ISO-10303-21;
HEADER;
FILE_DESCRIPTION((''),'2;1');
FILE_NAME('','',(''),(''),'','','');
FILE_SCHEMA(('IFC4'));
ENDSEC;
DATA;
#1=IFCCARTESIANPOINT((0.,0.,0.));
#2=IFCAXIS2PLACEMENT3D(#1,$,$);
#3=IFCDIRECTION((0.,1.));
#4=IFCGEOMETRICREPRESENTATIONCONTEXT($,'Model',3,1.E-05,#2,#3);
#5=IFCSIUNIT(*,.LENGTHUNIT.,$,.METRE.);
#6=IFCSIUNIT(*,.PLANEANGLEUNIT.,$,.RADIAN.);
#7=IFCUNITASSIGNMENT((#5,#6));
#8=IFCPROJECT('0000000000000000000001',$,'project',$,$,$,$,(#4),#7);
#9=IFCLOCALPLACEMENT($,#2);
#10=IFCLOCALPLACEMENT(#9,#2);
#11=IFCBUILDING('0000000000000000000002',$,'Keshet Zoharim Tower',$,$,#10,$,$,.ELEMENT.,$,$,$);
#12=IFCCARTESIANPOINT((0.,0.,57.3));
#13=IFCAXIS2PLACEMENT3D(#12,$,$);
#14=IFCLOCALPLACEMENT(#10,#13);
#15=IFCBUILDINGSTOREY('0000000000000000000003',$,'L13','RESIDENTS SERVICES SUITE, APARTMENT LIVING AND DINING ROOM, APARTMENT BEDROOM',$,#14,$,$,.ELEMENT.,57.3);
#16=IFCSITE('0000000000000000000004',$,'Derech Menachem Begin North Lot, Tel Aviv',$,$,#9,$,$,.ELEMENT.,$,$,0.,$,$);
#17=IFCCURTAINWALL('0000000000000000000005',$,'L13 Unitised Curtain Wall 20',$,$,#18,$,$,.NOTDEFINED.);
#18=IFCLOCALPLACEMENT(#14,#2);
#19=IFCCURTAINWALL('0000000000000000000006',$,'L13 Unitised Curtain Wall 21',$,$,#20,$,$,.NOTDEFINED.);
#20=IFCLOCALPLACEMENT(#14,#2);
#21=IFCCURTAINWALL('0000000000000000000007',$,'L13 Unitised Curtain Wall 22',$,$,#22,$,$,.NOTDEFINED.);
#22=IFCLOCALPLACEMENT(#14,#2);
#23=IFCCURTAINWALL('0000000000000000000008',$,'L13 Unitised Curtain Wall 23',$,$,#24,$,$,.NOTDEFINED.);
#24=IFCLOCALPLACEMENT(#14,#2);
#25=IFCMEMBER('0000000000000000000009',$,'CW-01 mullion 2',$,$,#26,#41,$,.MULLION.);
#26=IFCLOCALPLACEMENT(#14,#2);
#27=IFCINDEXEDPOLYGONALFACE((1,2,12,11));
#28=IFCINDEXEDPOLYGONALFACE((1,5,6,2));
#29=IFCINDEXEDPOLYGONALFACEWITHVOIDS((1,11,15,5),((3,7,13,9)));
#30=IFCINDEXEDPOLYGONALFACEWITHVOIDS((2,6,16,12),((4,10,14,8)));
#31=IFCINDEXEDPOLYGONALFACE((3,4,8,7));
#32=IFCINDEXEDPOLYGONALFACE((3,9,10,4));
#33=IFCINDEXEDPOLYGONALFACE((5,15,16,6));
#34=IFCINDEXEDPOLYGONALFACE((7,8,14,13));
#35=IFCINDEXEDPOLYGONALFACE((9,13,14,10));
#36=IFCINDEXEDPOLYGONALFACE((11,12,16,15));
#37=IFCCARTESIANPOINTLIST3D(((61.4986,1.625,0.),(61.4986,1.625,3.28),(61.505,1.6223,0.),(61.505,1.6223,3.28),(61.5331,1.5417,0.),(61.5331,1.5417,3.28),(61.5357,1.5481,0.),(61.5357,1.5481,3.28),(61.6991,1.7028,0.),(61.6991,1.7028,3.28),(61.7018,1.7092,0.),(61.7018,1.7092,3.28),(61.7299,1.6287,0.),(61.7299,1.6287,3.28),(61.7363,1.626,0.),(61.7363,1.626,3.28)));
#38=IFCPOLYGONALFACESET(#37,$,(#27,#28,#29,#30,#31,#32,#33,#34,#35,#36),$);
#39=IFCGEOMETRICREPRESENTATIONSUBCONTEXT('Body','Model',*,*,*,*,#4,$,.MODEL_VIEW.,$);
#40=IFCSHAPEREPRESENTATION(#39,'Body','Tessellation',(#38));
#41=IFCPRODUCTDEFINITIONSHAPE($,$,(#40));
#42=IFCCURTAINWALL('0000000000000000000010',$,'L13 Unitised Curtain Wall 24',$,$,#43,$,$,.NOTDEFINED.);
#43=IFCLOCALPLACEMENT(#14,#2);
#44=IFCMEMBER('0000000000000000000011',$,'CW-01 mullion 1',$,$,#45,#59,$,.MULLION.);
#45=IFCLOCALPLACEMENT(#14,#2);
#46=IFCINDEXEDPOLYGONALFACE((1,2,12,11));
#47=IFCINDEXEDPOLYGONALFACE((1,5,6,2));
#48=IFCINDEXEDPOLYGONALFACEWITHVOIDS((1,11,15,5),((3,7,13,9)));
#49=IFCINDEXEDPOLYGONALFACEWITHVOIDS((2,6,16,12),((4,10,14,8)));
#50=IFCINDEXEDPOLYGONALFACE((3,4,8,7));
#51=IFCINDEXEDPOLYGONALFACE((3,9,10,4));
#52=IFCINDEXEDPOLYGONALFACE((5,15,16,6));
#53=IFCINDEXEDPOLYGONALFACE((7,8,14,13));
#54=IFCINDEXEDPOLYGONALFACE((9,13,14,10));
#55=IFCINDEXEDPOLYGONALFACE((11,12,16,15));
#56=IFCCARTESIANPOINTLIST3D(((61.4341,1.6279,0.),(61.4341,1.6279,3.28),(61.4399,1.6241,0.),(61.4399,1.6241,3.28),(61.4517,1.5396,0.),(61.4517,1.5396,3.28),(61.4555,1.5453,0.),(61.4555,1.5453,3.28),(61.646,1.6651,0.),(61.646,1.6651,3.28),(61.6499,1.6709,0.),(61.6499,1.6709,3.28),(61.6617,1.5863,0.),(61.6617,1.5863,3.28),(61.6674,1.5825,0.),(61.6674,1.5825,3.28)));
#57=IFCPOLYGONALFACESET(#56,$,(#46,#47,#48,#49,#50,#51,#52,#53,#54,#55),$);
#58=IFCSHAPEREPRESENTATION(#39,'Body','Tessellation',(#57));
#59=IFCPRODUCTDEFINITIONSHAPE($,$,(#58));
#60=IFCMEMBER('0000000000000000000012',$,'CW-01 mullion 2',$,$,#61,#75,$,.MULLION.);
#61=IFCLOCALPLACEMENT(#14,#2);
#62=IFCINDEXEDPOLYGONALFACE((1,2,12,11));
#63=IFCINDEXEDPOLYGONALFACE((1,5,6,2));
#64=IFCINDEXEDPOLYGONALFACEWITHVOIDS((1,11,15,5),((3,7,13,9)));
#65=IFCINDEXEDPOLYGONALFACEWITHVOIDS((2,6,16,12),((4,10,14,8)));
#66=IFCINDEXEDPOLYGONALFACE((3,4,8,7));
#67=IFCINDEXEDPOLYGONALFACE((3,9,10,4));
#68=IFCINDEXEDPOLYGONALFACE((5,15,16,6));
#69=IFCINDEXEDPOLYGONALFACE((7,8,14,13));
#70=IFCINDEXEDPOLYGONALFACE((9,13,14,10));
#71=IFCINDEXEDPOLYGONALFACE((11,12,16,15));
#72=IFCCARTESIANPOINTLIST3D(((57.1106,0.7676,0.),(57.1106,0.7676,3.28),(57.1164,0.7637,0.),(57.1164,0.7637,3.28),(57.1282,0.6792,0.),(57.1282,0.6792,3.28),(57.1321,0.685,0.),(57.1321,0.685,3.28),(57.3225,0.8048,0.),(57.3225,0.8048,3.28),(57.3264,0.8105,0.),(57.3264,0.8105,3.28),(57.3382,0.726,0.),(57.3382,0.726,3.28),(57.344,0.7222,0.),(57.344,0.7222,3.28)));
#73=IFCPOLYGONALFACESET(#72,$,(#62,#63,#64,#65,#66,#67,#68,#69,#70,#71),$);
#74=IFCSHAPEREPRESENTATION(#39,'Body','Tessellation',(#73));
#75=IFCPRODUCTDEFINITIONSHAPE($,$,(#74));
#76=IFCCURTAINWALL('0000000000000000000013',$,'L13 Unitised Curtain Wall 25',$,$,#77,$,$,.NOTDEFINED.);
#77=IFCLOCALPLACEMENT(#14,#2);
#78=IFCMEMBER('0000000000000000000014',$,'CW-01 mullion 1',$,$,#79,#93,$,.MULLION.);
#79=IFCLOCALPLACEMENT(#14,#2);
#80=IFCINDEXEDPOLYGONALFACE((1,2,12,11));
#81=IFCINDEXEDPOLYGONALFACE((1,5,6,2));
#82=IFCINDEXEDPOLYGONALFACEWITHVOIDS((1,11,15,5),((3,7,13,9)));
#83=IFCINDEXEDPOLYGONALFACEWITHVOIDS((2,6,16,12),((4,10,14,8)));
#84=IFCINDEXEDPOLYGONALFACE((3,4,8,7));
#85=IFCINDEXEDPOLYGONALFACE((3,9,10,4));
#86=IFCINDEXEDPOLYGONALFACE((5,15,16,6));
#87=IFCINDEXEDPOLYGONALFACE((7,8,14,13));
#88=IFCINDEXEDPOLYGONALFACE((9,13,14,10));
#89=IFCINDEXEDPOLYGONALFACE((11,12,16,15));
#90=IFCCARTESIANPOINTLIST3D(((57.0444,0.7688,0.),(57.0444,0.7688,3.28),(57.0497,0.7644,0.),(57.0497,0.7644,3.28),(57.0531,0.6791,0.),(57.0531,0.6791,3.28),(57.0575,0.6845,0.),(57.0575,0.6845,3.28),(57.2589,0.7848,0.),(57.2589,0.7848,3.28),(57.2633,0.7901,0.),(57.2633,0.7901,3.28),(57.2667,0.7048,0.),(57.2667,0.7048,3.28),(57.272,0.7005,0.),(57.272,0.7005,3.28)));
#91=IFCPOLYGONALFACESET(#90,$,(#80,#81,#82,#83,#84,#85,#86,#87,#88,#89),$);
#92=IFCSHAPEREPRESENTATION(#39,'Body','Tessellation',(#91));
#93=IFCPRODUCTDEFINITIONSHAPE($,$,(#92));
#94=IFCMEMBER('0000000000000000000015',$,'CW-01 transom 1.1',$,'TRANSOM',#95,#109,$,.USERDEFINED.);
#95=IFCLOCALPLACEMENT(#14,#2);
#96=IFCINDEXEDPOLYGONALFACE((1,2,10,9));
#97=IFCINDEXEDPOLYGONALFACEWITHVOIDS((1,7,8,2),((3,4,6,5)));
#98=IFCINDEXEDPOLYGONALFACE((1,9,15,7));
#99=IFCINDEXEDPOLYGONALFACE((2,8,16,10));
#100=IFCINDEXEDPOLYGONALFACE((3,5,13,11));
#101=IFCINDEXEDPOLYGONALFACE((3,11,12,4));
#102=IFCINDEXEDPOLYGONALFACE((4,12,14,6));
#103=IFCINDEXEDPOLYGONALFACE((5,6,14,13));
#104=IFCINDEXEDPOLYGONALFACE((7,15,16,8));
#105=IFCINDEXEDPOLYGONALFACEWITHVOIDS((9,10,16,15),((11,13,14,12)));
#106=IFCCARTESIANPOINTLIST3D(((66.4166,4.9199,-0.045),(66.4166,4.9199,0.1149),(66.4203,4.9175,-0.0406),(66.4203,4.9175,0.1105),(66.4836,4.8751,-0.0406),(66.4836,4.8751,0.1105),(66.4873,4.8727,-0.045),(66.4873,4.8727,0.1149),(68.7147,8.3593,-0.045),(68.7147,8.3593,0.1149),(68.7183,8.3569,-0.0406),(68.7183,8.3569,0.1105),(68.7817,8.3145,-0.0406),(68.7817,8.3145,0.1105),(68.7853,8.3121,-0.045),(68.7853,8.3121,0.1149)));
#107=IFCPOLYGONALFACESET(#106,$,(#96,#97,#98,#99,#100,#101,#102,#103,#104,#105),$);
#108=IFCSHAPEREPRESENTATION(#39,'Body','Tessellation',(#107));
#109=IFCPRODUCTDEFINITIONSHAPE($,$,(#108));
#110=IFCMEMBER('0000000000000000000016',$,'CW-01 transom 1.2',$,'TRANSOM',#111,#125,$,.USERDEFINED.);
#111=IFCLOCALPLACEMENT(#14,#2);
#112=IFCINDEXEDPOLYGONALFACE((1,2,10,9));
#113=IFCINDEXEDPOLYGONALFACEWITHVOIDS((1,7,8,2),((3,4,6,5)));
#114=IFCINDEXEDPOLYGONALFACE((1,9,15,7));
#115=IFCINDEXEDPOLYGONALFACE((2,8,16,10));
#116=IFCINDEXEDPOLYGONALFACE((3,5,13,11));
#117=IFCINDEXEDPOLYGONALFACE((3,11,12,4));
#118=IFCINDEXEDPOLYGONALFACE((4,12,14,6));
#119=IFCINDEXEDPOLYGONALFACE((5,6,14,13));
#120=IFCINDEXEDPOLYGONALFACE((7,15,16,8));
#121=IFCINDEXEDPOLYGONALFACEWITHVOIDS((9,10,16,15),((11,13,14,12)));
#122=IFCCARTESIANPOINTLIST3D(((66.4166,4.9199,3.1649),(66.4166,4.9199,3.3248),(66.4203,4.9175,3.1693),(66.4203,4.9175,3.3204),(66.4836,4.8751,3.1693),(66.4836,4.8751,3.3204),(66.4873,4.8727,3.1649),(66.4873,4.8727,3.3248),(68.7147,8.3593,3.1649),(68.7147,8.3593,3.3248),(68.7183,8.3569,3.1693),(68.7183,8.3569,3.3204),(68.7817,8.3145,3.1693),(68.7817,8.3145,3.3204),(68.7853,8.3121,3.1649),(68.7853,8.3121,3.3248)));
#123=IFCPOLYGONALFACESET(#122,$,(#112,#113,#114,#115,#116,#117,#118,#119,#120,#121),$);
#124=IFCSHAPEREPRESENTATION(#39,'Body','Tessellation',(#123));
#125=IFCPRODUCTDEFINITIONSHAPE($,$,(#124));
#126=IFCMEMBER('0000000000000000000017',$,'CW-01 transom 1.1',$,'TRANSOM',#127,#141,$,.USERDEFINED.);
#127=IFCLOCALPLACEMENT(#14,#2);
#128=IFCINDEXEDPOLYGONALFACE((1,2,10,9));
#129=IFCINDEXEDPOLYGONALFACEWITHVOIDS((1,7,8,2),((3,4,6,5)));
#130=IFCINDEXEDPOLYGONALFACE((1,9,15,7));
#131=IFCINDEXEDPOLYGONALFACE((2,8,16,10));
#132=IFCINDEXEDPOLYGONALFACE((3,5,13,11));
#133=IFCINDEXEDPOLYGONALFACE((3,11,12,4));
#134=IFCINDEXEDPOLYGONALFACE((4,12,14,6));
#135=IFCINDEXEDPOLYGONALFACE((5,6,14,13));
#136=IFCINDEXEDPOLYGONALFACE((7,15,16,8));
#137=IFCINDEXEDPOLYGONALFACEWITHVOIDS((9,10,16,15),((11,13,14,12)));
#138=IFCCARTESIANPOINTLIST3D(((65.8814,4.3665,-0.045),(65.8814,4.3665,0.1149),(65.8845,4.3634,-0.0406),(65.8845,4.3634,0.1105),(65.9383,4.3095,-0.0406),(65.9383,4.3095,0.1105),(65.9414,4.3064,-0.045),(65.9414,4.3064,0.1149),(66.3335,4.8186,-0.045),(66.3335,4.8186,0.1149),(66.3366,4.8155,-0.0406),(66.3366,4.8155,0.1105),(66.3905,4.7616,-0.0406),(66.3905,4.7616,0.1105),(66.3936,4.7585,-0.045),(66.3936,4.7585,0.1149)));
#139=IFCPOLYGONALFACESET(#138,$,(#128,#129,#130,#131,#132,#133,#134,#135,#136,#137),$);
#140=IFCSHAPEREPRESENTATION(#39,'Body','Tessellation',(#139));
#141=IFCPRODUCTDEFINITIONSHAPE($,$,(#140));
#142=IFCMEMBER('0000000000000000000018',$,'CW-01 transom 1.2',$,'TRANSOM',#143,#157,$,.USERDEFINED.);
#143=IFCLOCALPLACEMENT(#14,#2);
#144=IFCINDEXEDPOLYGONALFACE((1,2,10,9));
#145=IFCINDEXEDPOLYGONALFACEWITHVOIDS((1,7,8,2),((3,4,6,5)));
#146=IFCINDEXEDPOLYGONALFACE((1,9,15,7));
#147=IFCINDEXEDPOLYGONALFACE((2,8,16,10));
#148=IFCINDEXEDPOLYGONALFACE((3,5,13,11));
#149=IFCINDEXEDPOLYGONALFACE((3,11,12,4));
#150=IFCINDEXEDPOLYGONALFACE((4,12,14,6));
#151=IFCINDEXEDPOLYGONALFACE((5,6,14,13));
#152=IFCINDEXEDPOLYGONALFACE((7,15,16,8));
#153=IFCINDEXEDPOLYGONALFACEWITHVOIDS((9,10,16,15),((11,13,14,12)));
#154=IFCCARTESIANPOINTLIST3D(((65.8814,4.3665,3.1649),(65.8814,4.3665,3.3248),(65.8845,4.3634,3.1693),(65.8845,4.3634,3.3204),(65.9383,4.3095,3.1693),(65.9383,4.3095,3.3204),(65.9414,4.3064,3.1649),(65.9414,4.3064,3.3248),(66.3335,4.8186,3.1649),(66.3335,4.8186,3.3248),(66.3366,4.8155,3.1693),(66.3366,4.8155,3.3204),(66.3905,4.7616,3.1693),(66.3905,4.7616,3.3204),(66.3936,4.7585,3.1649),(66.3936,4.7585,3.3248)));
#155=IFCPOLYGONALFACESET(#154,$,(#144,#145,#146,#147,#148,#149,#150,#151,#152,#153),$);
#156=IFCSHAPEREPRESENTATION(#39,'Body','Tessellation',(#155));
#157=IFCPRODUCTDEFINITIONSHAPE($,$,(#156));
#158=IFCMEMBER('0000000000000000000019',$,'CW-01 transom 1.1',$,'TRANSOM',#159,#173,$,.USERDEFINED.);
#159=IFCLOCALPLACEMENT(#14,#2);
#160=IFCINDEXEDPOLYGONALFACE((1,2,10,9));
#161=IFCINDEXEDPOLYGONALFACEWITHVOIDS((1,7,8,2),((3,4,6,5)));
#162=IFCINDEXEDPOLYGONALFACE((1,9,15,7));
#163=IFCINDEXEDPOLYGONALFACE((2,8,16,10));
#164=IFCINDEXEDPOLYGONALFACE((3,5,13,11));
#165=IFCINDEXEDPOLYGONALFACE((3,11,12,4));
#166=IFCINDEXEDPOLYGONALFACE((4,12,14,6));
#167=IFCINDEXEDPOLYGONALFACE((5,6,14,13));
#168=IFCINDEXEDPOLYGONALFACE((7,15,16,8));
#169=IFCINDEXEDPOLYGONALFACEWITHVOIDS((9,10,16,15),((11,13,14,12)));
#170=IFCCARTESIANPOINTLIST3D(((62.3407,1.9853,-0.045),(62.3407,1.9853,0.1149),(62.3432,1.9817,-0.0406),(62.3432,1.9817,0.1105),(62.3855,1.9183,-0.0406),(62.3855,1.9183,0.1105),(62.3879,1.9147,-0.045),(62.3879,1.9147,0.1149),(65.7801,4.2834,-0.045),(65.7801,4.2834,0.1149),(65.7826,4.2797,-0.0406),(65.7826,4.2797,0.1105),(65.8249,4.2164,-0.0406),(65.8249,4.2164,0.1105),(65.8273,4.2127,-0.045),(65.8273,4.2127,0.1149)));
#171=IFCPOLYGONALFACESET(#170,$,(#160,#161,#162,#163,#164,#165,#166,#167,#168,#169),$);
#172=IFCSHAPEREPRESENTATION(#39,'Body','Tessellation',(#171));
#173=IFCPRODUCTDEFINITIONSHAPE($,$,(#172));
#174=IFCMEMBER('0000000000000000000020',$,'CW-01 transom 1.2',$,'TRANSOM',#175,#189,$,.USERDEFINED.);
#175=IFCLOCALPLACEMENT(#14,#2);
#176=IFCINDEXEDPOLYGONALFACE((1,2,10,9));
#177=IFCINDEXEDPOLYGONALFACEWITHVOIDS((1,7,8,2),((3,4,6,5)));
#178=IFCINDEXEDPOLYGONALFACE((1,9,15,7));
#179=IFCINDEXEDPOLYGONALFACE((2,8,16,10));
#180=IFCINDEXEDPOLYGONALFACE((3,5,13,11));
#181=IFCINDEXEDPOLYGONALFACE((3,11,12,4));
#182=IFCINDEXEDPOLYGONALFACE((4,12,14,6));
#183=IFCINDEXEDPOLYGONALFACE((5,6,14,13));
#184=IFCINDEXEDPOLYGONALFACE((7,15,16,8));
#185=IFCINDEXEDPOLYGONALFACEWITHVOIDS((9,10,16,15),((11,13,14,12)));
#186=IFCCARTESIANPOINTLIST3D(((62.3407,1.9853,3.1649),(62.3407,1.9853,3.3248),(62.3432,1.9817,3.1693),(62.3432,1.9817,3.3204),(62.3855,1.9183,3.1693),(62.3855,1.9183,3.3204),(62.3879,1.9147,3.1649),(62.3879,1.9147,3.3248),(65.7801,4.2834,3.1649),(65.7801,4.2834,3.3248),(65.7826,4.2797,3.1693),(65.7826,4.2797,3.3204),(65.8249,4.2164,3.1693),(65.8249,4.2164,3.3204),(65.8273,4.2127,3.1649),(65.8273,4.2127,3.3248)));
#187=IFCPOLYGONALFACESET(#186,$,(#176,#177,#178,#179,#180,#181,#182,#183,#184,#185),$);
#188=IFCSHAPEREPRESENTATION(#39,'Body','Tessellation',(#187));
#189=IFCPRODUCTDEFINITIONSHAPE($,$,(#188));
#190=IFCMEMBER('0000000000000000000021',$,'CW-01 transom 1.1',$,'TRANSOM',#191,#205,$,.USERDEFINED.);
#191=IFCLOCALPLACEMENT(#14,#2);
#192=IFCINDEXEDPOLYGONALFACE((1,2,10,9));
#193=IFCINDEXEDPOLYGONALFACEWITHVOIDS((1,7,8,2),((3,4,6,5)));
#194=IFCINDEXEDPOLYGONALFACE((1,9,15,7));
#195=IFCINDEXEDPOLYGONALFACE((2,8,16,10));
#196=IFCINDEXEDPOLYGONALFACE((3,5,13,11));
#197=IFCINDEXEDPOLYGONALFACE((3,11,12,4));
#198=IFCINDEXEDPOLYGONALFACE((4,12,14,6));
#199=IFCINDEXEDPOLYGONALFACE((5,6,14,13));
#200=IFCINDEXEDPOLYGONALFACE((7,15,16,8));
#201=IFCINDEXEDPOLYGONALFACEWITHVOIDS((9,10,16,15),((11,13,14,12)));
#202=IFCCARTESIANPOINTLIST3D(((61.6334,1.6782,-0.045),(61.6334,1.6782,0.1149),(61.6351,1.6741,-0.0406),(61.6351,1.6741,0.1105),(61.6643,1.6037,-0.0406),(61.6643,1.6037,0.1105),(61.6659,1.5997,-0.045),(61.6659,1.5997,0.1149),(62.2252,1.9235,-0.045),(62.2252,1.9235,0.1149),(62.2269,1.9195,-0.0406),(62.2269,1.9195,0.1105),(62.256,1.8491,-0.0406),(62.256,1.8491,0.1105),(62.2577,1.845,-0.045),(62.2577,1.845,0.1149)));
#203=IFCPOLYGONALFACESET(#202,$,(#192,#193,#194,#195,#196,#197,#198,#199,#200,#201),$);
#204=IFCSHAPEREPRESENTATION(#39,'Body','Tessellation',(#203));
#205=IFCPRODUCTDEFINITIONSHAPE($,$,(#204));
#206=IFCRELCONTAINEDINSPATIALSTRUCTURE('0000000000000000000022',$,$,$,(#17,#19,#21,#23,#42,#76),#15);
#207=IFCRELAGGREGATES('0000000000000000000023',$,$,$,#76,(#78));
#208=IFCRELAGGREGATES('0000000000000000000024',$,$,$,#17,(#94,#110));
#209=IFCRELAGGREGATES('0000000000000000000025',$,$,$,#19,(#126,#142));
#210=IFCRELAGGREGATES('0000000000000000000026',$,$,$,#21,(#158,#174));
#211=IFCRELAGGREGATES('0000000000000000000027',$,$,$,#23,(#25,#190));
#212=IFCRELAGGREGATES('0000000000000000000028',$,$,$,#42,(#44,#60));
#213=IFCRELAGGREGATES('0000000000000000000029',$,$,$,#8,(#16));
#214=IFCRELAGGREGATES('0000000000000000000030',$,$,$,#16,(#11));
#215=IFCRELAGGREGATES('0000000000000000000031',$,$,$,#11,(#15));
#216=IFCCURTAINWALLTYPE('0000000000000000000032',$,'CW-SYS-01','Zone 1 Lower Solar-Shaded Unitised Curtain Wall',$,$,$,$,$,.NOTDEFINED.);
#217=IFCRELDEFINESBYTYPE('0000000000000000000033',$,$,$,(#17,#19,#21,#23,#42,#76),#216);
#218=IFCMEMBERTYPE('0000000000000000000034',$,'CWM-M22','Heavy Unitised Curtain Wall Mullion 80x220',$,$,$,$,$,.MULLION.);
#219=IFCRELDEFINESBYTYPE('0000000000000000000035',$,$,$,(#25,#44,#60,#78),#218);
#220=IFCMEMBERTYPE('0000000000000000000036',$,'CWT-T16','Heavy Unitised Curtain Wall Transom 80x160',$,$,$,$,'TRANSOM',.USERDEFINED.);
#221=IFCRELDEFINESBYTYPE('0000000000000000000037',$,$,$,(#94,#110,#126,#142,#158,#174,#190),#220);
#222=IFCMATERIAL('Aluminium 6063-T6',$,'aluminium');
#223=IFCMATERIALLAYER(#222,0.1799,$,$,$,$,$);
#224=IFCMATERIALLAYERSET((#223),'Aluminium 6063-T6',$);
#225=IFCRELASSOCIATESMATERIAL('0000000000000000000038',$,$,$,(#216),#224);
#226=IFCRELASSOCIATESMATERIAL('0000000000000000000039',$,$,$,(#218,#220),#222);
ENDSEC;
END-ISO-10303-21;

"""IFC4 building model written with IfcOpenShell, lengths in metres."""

from ifc_helpers import new_model, si_unit, direction, frame, origin, origin_2d, place, context, subcontext, project, spatial, hollow_rectangle, extrude, material, layer, layer_set, material_profile, profile_set, type_object, element, aggregate, save


model = new_model("IFC4")

# Units and contexts
model_context = context("Model", 3, precision=1e-05, world=origin(), true_north=direction((0.0, 1.0)))
body_context = subcontext(model_context, "Body", "Model", "MODEL_VIEW")
ifc_project = project(units=[si_unit("LENGTHUNIT", "METRE"), si_unit("PLANEANGLEUNIT", "RADIAN")], contexts=[model_context])

# Site, building, storey
site_placement = place(None, origin())
site = spatial("IfcSite", under=ifc_project, at=site_placement, Name="Derech Menachem Begin North Lot, Tel Aviv", CompositionType="ELEMENT", RefElevation=0.0)
building_placement = place(site_placement, origin())
building = spatial("IfcBuilding", under=site, at=building_placement, Name="Keshet Zoharim Tower", CompositionType="ELEMENT")
storey_placement = place(building_placement, frame((0.0, 0.0, 57.3)))
storey = spatial("IfcBuildingStorey", under=building, at=storey_placement, Name="L13", Description="RESIDENTS SERVICES SUITE, APARTMENT LIVING AND DINING ROOM, APARTMENT BEDROOM", CompositionType="ELEMENT", Elevation=57.3)

# Curtain walls, members
ifc_material_1 = material(Name="Aluminium 6063-T6", Category="aluminium")
ifc_layer_1 = layer(ifc_material_1, 0.1799)
ifc_layer_set_1 = layer_set([ifc_layer_1], Name="Aluminium 6063-T6")
curtain_wall_type = type_object("IfcCurtainWallType", Name="CW-SYS-01", Description="Zone 1 Lower Solar-Shaded Unitised Curtain Wall", PredefinedType="NOTDEFINED", material=ifc_layer_set_1)
curtain_wall_1_placement = place(storey_placement, origin())
curtain_wall_1 = element("IfcCurtainWall", 1, at=curtain_wall_1_placement, inside=storey, type_object=curtain_wall_type, Name="L13 Unitised Curtain Wall 20", PredefinedType="NOTDEFINED")
ifc_material_profile_1 = material_profile(ifc_material_1, hollow_rectangle(XDim=0.0901, YDim=0.22, WallThickness=0.0049, at=origin_2d()), Name="MUL-90x220")
ifc_profile_set_1 = profile_set([ifc_material_profile_1], Name="Aluminium 6063-T6")
member_type_1 = type_object("IfcMemberType", Name="CWM-M22", Description="Heavy Unitised Curtain Wall Mullion 80x220", PredefinedType="MULLION", material=ifc_profile_set_1)
curtain_wall_2_placement = place(storey_placement, origin())
curtain_wall_2 = element("IfcCurtainWall", 2, at=curtain_wall_2_placement, inside=storey, type_object=curtain_wall_type, Name="L13 Unitised Curtain Wall 21", PredefinedType="NOTDEFINED")
curtain_wall_3_placement = place(storey_placement, origin())
curtain_wall_3 = element("IfcCurtainWall", 3, at=curtain_wall_3_placement, inside=storey, type_object=curtain_wall_type, Name="L13 Unitised Curtain Wall 22", PredefinedType="NOTDEFINED")
curtain_wall_4_placement = place(storey_placement, origin())
curtain_wall_4 = element("IfcCurtainWall", 4, at=curtain_wall_4_placement, inside=storey, type_object=curtain_wall_type, Name="L13 Unitised Curtain Wall 23", PredefinedType="NOTDEFINED")
member_1_placement = place(storey_placement, frame((61.6174, 1.6255, 0.0), z_axis=(0.0, 0.0, 1.0), x_axis=(0.383068, -0.92372, 0.0)))
member_1 = element("IfcMember", 5, at=member_1_placement, type_object=member_type_1, Name="CW-01 mullion 2", PredefinedType="MULLION", context=body_context, shape_type="SweptSolid", body=[
    extrude(hollow_rectangle(XDim=0.0901, YDim=0.22, WallThickness=0.0049, at=origin_2d()), origin(), (0.0, 0.0, 1.0), 3.28),
])
curtain_wall_5_placement = place(storey_placement, origin())
curtain_wall_5 = element("IfcCurtainWall", 6, at=curtain_wall_5_placement, inside=storey, type_object=curtain_wall_type, Name="L13 Unitised Curtain Wall 24", PredefinedType="NOTDEFINED")
member_2_placement = place(storey_placement, frame((61.5508, 1.6052, 0.0), z_axis=(0.0, 0.0, 1.0), x_axis=(0.195171, -0.980769, 0.0)))
member_2 = element("IfcMember", 7, at=member_2_placement, type_object=member_type_1, Name="CW-01 mullion 1", PredefinedType="MULLION", context=body_context, shape_type="SweptSolid", body=[
    extrude(hollow_rectangle(XDim=0.0901, YDim=0.22, WallThickness=0.0049, at=origin_2d()), origin(), (0.0, 0.0, 1.0), 3.28),
])
member_3_placement = place(storey_placement, frame((57.2273, 0.7449, 0.0), z_axis=(0.0, 0.0, 1.0), x_axis=(0.195171, -0.980769, 0.0)))
member_3 = element("IfcMember", 8, at=member_3_placement, type_object=member_type_1, Name="CW-01 mullion 2", PredefinedType="MULLION", context=body_context, shape_type="SweptSolid", body=[
    extrude(hollow_rectangle(XDim=0.0901, YDim=0.22, WallThickness=0.0049, at=origin_2d()), origin(), (0.0, 0.0, 1.0), 3.28),
])

# Curtain wall, member
curtain_wall_6_placement = place(storey_placement, origin())
curtain_wall_6 = element("IfcCurtainWall", 9, at=curtain_wall_6_placement, inside=storey, type_object=curtain_wall_type, Name="L13 Unitised Curtain Wall 25", PredefinedType="NOTDEFINED")
member_4_placement = place(storey_placement, frame((57.1582, 0.7346, 0.0), z_axis=(0.0, 0.0, 1.0), x_axis=(0.096977, -0.995287, 0.0)))
member_4 = element("IfcMember", 10, at=member_4_placement, type_object=member_type_1, Name="CW-01 mullion 1", PredefinedType="MULLION", context=body_context, shape_type="SweptSolid", body=[
    extrude(hollow_rectangle(XDim=0.0901, YDim=0.22, WallThickness=0.0049, at=origin_2d()), origin(), (0.0, 0.0, 1.0), 3.28),
])

# Members
ifc_material_profile_2 = material_profile(ifc_material_1, hollow_rectangle(XDim=0.085, YDim=0.1599, WallThickness=0.0044, at=origin_2d()), Name="TRN-85x160")
ifc_profile_set_2 = profile_set([ifc_material_profile_2], Name="Aluminium 6063-T6")
member_type_2 = type_object("IfcMemberType", Name="CWT-T16", Description="Heavy Unitised Curtain Wall Transom 80x160", ElementType="TRANSOM", PredefinedType="USERDEFINED", material=ifc_profile_set_2)
member_5_placement = place(storey_placement, frame((68.75, 8.3357, 0.0349), z_axis=(-0.555558, -0.831478, 0.0), x_axis=(0.831478, -0.555558, 0.0)))
member_5 = element("IfcMember", 11, at=member_5_placement, type_object=member_type_2, Name="CW-01 transom 1.1", ObjectType="TRANSOM", PredefinedType="USERDEFINED", context=body_context, shape_type="SweptSolid", body=[
    extrude(hollow_rectangle(XDim=0.085, YDim=0.1599, WallThickness=0.0044, at=origin_2d()), origin(), (0.0, 0.0, 1.0), 4.1365),
])
member_6_placement = place(storey_placement, frame((68.75, 8.3357, 3.2449), z_axis=(-0.555558, -0.831478, 0.0), x_axis=(0.831478, -0.555558, 0.0)))
member_6 = element("IfcMember", 12, at=member_6_placement, type_object=member_type_2, Name="CW-01 transom 1.2", ObjectType="TRANSOM", PredefinedType="USERDEFINED", context=body_context, shape_type="SweptSolid", body=[
    extrude(hollow_rectangle(XDim=0.085, YDim=0.1599, WallThickness=0.0044, at=origin_2d()), origin(), (0.0, 0.0, 1.0), 4.1365),
])
member_7_placement = place(storey_placement, frame((66.3635, 4.7886, 0.0349), z_axis=(-0.707107, -0.707107, 0.0), x_axis=(0.707107, -0.707107, 0.0)))
member_7 = element("IfcMember", 13, at=member_7_placement, type_object=member_type_2, Name="CW-01 transom 1.1", ObjectType="TRANSOM", PredefinedType="USERDEFINED", context=body_context, shape_type="SweptSolid", body=[
    extrude(hollow_rectangle(XDim=0.085, YDim=0.1599, WallThickness=0.0044, at=origin_2d()), origin(), (0.0, 0.0, 1.0), 0.6394),
])
member_8_placement = place(storey_placement, frame((66.3635, 4.7886, 3.2449), z_axis=(-0.707107, -0.707107, 0.0), x_axis=(0.707107, -0.707107, 0.0)))
member_8 = element("IfcMember", 14, at=member_8_placement, type_object=member_type_2, Name="CW-01 transom 1.2", ObjectType="TRANSOM", PredefinedType="USERDEFINED", context=body_context, shape_type="SweptSolid", body=[
    extrude(hollow_rectangle(XDim=0.085, YDim=0.1599, WallThickness=0.0044, at=origin_2d()), origin(), (0.0, 0.0, 1.0), 0.6394),
])
member_9_placement = place(storey_placement, frame((65.8037, 4.248, 0.0349), z_axis=(-0.831478, -0.555558, 0.0), x_axis=(0.555558, -0.831478, 0.0)))
member_9 = element("IfcMember", 15, at=member_9_placement, type_object=member_type_2, Name="CW-01 transom 1.1", ObjectType="TRANSOM", PredefinedType="USERDEFINED", context=body_context, shape_type="SweptSolid", body=[
    extrude(hollow_rectangle(XDim=0.085, YDim=0.1599, WallThickness=0.0044, at=origin_2d()), origin(), (0.0, 0.0, 1.0), 4.1365),
])
member_10_placement = place(storey_placement, frame((65.8037, 4.248, 3.2449), z_axis=(-0.831478, -0.555558, 0.0), x_axis=(0.555558, -0.831478, 0.0)))
member_10 = element("IfcMember", 16, at=member_10_placement, type_object=member_type_2, Name="CW-01 transom 1.2", ObjectType="TRANSOM", PredefinedType="USERDEFINED", context=body_context, shape_type="SweptSolid", body=[
    extrude(hollow_rectangle(XDim=0.085, YDim=0.1599, WallThickness=0.0044, at=origin_2d()), origin(), (0.0, 0.0, 1.0), 4.1365),
])
member_11_placement = place(storey_placement, frame((62.2415, 1.8843, 0.0349), z_axis=(-0.923752, -0.382991, 0.0), x_axis=(0.382991, -0.923752, 0.0)))
member_11 = element("IfcMember", 17, at=member_11_placement, type_object=member_type_2, Name="CW-01 transom 1.1", ObjectType="TRANSOM", PredefinedType="USERDEFINED", context=body_context, shape_type="SweptSolid", body=[
    extrude(hollow_rectangle(XDim=0.085, YDim=0.1599, WallThickness=0.0044, at=origin_2d()), origin(), (0.0, 0.0, 1.0), 0.6406),
])
aggregate(curtain_wall_6, [member_4])

aggregate(curtain_wall_1, [member_5, member_6])
aggregate(curtain_wall_2, [member_7, member_8])
aggregate(curtain_wall_3, [member_9, member_10])
aggregate(curtain_wall_4, [member_1, member_11])
aggregate(curtain_wall_5, [member_2, member_3])

save(model, "model.ifc")
